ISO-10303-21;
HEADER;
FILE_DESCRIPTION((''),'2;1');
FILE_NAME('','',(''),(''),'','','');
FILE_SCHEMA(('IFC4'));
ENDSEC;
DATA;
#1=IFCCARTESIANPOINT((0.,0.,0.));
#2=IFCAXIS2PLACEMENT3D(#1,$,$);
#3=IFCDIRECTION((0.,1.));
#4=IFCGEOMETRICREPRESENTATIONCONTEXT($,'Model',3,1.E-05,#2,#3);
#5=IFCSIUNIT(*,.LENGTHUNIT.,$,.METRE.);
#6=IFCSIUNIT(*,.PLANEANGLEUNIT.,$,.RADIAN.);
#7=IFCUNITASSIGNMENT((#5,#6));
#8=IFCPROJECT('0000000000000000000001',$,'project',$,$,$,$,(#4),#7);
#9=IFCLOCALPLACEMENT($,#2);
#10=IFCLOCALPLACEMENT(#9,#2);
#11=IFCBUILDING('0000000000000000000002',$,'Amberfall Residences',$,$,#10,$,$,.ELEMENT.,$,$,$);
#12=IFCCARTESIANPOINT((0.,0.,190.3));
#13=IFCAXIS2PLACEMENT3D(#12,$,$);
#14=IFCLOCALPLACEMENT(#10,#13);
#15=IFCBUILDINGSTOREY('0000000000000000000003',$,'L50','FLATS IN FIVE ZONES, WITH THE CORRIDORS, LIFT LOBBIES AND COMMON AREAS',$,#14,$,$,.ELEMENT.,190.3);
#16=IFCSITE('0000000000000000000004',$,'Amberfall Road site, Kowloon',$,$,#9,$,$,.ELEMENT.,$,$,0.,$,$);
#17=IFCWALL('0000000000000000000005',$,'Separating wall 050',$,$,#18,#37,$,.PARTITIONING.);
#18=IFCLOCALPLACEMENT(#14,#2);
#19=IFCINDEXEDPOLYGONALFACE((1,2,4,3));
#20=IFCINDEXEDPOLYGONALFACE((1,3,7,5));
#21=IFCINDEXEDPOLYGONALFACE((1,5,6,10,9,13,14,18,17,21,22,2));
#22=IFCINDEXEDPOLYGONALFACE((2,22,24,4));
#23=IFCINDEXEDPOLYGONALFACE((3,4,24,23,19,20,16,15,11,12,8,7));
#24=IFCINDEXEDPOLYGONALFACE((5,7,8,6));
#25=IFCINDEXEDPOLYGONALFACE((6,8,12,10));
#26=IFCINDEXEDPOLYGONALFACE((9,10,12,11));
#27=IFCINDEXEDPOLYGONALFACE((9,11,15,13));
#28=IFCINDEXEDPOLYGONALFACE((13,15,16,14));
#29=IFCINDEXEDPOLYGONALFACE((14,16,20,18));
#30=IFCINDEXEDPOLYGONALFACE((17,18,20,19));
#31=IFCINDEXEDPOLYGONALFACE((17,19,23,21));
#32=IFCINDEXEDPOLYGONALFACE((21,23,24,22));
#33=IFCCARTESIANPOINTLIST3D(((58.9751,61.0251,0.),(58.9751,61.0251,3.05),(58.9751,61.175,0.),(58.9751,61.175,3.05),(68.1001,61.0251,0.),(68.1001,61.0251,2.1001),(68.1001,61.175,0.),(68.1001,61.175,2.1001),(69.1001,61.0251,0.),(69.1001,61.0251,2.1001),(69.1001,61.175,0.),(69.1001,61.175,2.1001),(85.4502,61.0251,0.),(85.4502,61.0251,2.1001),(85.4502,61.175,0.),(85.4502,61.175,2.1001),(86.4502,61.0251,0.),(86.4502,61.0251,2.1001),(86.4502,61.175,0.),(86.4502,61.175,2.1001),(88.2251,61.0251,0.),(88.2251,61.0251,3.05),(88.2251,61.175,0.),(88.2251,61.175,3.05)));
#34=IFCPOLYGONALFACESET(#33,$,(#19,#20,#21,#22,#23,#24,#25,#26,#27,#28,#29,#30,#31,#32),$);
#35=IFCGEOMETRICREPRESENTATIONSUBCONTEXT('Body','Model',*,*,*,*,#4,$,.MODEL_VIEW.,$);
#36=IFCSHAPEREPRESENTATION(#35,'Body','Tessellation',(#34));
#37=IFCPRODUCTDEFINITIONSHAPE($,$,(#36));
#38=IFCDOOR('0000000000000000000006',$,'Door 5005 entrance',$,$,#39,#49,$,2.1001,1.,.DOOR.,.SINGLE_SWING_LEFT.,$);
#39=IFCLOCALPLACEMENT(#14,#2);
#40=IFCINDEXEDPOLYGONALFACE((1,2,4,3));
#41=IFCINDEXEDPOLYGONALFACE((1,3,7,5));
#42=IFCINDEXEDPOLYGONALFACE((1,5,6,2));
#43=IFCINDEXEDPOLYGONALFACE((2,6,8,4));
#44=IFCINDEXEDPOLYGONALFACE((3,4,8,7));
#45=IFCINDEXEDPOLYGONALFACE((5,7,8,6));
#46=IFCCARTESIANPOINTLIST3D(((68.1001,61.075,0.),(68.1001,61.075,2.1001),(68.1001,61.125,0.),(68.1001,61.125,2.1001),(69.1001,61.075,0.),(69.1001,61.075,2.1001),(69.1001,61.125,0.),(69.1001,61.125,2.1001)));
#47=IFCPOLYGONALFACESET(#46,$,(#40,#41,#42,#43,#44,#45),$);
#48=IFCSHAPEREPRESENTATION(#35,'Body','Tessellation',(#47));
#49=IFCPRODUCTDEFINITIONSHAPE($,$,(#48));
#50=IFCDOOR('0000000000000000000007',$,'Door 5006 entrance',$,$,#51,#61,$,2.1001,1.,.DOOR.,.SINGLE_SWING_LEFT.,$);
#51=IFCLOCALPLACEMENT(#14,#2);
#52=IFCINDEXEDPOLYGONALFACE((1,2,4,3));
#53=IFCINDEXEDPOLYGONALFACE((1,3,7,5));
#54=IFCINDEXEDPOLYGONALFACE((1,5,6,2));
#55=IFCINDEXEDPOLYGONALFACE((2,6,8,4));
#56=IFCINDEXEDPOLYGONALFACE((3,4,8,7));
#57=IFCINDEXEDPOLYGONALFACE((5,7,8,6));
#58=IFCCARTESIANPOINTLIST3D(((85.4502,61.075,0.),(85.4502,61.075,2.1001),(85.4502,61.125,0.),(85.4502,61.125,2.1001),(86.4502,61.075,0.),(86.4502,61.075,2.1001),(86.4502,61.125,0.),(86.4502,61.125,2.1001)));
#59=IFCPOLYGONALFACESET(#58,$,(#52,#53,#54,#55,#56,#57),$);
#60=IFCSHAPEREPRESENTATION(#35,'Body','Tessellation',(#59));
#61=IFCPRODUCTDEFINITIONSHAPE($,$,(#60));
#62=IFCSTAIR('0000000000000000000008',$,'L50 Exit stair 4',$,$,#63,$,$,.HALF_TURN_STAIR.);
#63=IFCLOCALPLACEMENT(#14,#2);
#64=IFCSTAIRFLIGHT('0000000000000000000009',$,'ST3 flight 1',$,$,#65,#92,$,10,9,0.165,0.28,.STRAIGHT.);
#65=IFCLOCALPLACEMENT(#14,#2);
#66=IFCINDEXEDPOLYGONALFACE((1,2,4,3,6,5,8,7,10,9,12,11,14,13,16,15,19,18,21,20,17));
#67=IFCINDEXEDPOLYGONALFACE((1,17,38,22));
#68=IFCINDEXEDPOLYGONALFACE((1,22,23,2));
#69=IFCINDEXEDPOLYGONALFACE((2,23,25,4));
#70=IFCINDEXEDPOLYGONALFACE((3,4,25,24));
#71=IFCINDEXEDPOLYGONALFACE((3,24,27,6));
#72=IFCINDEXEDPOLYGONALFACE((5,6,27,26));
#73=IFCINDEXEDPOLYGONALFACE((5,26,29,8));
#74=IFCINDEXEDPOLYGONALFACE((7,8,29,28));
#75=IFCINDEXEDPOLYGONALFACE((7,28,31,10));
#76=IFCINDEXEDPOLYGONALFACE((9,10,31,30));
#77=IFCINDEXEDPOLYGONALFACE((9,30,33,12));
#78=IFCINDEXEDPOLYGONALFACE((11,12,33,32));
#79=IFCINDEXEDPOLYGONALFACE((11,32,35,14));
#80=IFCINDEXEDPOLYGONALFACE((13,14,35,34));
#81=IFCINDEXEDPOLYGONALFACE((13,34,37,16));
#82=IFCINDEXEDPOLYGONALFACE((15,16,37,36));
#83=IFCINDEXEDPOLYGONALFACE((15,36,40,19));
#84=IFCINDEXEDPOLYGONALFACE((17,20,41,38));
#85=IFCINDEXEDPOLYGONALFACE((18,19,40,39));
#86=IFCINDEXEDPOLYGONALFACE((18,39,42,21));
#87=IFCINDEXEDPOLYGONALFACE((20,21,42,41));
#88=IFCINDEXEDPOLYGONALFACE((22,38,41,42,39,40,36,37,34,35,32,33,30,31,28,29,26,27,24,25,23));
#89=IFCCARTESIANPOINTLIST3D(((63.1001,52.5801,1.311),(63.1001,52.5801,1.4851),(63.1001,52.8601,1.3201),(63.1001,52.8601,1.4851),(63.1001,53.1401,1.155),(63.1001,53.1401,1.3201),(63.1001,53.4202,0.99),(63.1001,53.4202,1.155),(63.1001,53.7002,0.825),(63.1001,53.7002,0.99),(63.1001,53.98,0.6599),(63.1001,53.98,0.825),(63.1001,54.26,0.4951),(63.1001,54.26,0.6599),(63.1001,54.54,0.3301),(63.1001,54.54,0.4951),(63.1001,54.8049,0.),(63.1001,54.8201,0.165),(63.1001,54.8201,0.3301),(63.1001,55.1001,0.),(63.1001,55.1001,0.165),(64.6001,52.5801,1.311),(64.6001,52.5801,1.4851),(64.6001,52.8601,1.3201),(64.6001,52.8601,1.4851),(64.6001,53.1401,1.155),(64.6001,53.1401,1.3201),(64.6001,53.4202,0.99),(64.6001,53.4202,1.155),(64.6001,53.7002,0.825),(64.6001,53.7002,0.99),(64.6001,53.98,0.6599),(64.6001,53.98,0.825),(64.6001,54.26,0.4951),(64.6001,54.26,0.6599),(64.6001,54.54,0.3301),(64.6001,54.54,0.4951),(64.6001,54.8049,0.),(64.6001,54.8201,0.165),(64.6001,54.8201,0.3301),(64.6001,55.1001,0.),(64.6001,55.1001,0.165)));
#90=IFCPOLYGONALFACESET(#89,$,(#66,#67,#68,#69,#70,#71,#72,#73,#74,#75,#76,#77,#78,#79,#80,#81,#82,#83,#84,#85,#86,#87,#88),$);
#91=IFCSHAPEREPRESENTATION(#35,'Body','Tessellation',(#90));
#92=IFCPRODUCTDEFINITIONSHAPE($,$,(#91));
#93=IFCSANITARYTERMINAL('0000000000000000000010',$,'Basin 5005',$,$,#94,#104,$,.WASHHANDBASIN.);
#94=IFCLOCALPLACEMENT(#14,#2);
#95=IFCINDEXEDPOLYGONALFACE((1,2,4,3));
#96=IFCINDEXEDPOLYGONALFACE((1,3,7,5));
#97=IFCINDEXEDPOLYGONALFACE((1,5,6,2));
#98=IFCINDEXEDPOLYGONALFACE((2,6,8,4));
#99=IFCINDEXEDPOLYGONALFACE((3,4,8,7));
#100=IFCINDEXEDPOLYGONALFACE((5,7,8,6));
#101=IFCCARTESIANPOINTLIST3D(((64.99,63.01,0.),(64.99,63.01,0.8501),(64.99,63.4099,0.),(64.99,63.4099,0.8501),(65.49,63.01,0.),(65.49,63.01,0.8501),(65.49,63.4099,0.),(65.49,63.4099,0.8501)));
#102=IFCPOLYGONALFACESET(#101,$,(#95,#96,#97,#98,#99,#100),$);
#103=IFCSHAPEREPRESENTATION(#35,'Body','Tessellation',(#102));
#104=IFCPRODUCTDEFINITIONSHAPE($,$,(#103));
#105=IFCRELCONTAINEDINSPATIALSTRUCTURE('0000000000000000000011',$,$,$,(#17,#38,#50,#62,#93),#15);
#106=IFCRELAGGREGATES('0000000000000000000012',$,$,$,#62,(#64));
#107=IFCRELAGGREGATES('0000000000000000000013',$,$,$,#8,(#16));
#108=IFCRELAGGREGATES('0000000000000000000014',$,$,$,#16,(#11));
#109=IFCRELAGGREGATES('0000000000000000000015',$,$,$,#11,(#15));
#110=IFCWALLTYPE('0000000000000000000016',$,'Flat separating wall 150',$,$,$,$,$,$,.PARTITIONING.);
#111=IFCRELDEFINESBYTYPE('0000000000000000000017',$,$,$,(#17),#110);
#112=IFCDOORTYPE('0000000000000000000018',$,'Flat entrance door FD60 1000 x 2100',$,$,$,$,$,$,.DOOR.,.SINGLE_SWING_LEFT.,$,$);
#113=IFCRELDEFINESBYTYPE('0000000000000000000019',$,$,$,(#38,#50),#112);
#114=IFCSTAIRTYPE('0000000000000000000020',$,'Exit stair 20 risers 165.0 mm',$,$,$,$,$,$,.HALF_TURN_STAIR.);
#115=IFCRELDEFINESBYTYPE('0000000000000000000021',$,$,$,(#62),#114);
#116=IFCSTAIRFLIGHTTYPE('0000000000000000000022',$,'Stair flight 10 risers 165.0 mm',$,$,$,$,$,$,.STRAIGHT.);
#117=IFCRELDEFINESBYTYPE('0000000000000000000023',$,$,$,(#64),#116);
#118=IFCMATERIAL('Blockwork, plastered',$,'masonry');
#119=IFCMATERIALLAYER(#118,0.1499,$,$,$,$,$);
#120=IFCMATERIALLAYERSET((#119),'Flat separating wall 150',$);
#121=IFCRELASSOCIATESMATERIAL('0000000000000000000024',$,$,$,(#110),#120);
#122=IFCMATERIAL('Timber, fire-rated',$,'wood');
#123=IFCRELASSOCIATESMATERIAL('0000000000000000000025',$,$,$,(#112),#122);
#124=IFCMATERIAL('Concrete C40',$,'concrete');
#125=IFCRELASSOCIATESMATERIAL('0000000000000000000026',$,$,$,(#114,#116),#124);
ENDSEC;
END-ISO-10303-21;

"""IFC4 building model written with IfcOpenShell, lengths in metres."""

from ifc_helpers import new_model, si_unit, direction, frame, frame_2d, origin, origin_2d, place, context, subcontext, project, spatial, polyline, rectangle, outline, extrude, material, layer, layer_set, type_object, element, fill, aggregate, save


model = new_model("IFC4")

# Units and contexts
model_context = context("Model", 3, precision=1e-05, world=origin(), true_north=direction((0.0, 1.0)))
body_context = subcontext(model_context, "Body", "Model", "MODEL_VIEW")
ifc_project = project(units=[si_unit("LENGTHUNIT", "METRE"), si_unit("PLANEANGLEUNIT", "RADIAN")], contexts=[model_context])

# Site, building, storey
site_placement = place(None, origin())
site = spatial("IfcSite", under=ifc_project, at=site_placement, Name="Amberfall Road site, Kowloon", CompositionType="ELEMENT", RefElevation=0.0)
building_placement = place(site_placement, origin())
building = spatial("IfcBuilding", under=site, at=building_placement, Name="Amberfall Residences", CompositionType="ELEMENT")
storey_placement = place(building_placement, frame((0.0, 0.0, 190.3)))
storey = spatial("IfcBuildingStorey", under=building, at=storey_placement, Name="L50", Description="FLATS IN FIVE ZONES, WITH THE CORRIDORS, LIFT LOBBIES AND COMMON AREAS", CompositionType="ELEMENT", Elevation=190.3)

# Shared definitions
ifc_material_1 = material(Name="Blockwork, plastered", Category="masonry")
ifc_layer_1 = layer(ifc_material_1, 0.1499)
ifc_layer_set_1 = layer_set([ifc_layer_1], Name="Flat separating wall 150")
wall_type_1 = type_object("IfcWallType", Name="Flat separating wall 150", PredefinedType="PARTITIONING", material=ifc_layer_set_1)

# Wall, openings, doors
wall_1_placement = place(storey_placement, frame((58.9751, 61.1001, 0.0), z_axis=(0.0, 0.0, 1.0), x_axis=(1.0, 0.0, 0.0)))
wall_1 = element("IfcWall", 1, at=wall_1_placement, inside=storey, type_object=wall_type_1, Name="Separating wall 050", PredefinedType="PARTITIONING", context=body_context, shape_type="SweptSolid", body=[
    extrude(rectangle(XDim=29.25, YDim=0.1499, at=frame_2d((14.625, 0.0))), origin(), (0.0, 0.0, 1.0), 3.05),
])
opening_1_placement = place(wall_1_placement, frame((9.125, 0.0, 0.0)))
opening_1 = element("IfcOpeningElement", 2, at=opening_1_placement, cuts=wall_1, PredefinedType="OPENING", context=body_context, shape_type="SweptSolid", body=[
    extrude(rectangle(XDim=1.0, YDim=2.1001, at=frame_2d((0.5, 1.05))), frame((0.0, 0.085, 0.0), z_axis=(0.0, -1.0, 0.0), x_axis=(1.0, 0.0, 0.0)), (0.0, 0.0, 1.0), 0.1699),
])
opening_2_placement = place(wall_1_placement, frame((26.4751, 0.0, 0.0)))
opening_2 = element("IfcOpeningElement", 3, at=opening_2_placement, cuts=wall_1, PredefinedType="OPENING", context=body_context, shape_type="SweptSolid", body=[
    extrude(rectangle(XDim=1.0, YDim=2.1001, at=frame_2d((0.5, 1.05))), frame((0.0, 0.085, 0.0), z_axis=(0.0, -1.0, 0.0), x_axis=(1.0, 0.0, 0.0)), (0.0, 0.0, 1.0), 0.1699),
])
ifc_material_2 = material(Name="Timber, fire-rated", Category="wood")
door_type_1 = type_object("IfcDoorType", Name="Flat entrance door FD60 1000 x 2100", OperationType="SINGLE_SWING_LEFT", PredefinedType="DOOR", material=ifc_material_2)
door_1_placement = place(opening_1_placement, origin())
door_1 = element("IfcDoor", 4, at=door_1_placement, inside=storey, type_object=door_type_1, Name="Door 5005 entrance", OperationType="SINGLE_SWING_LEFT", OverallHeight=2.1001, OverallWidth=1.0, PredefinedType="DOOR", context=body_context, shape_type="SweptSolid", body=[
    extrude(rectangle(XDim=1.0, YDim=2.1001, at=frame_2d((0.5, 1.05))), frame((0.0, 0.0249, 0.0), z_axis=(0.0, -1.0, 0.0), x_axis=(1.0, 0.0, 0.0)), (0.0, 0.0, 1.0), 0.05),
])
fill(opening_1, door_1)
door_2_placement = place(opening_2_placement, origin())
door_2 = element("IfcDoor", 5, at=door_2_placement, inside=storey, type_object=door_type_1, Name="Door 5006 entrance", OperationType="SINGLE_SWING_LEFT", OverallHeight=2.1001, OverallWidth=1.0, PredefinedType="DOOR", context=body_context, shape_type="SweptSolid", body=[
    extrude(rectangle(XDim=1.0, YDim=2.1001, at=frame_2d((0.5, 1.05))), frame((0.0, 0.0249, 0.0), z_axis=(0.0, -1.0, 0.0), x_axis=(1.0, 0.0, 0.0)), (0.0, 0.0, 1.0), 0.05),
])
fill(opening_2, door_2)

# Stair, stair flight
ifc_material_3 = material(Name="Concrete C40", Category="concrete")
stair_type = type_object("IfcStairType", Name="Exit stair 20 risers 165.0 mm", PredefinedType="HALF_TURN_STAIR", material=ifc_material_3)
stair_placement = place(storey_placement, origin())
stair = element("IfcStair", 6, at=stair_placement, inside=storey, type_object=stair_type, Name="L50 Exit stair 4", PredefinedType="HALF_TURN_STAIR")
stair_flight_type = type_object("IfcStairFlightType", Name="Stair flight 10 risers 165.0 mm", PredefinedType="STRAIGHT", material=ifc_material_3)
stair_flight_placement = place(storey_placement, frame((63.8501, 55.1001, 0.0), z_axis=(0.0, 0.0, 1.0), x_axis=(0.0, -1.0, 0.0)))
stair_flight = element("IfcStairFlight", 7, at=stair_flight_placement, type_object=stair_flight_type, Name="ST3 flight 1", NumberOfRisers=10, NumberOfTreads=9, PredefinedType="STRAIGHT", RiserHeight=0.165, TreadLength=0.28, context=body_context, shape_type="SweptSolid", body=[
    extrude(outline(polyline([(0.0, 0.0), (0.0, 0.165), (0.28, 0.165), (0.28, 0.3301), (0.5601, 0.3301), (0.5601, 0.4951), (0.8401, 0.4951), (0.8401, 0.6599), (1.1201, 0.6599), (1.1201, 0.825), (1.3999, 0.825), (1.3999, 0.99), (1.6799, 0.99), (1.6799, 1.155), (1.96, 1.155), (1.96, 1.3201), (2.24, 1.3201), (2.24, 1.4851), (2.52, 1.4851), (2.52, 1.6499), (2.52, 1.311), (0.2952, 0.0), (0.0, 0.0)])), frame((0.0, 0.75, 0.0), z_axis=(0.0, -1.0, 0.0), x_axis=(1.0, 0.0, 0.0)), (0.0, 0.0, 1.0), 1.5),
])
aggregate(stair, [stair_flight])

# Sanitary terminal
sanitary_terminal_placement = place(storey_placement, frame((65.24, 63.21, 0.0), z_axis=(0.0, 0.0, 1.0), x_axis=(1.0, 0.0, 0.0)))
element("IfcSanitaryTerminal", 8, at=sanitary_terminal_placement, inside=storey, Name="Basin 5005", PredefinedType="WASHHANDBASIN", context=body_context, shape_type="SweptSolid", body=[
    extrude(rectangle(XDim=0.5, YDim=0.3999, at=origin_2d()), origin(), (0.0, 0.0, 1.0), 0.8501),
])

save(model, "model.ifc")
